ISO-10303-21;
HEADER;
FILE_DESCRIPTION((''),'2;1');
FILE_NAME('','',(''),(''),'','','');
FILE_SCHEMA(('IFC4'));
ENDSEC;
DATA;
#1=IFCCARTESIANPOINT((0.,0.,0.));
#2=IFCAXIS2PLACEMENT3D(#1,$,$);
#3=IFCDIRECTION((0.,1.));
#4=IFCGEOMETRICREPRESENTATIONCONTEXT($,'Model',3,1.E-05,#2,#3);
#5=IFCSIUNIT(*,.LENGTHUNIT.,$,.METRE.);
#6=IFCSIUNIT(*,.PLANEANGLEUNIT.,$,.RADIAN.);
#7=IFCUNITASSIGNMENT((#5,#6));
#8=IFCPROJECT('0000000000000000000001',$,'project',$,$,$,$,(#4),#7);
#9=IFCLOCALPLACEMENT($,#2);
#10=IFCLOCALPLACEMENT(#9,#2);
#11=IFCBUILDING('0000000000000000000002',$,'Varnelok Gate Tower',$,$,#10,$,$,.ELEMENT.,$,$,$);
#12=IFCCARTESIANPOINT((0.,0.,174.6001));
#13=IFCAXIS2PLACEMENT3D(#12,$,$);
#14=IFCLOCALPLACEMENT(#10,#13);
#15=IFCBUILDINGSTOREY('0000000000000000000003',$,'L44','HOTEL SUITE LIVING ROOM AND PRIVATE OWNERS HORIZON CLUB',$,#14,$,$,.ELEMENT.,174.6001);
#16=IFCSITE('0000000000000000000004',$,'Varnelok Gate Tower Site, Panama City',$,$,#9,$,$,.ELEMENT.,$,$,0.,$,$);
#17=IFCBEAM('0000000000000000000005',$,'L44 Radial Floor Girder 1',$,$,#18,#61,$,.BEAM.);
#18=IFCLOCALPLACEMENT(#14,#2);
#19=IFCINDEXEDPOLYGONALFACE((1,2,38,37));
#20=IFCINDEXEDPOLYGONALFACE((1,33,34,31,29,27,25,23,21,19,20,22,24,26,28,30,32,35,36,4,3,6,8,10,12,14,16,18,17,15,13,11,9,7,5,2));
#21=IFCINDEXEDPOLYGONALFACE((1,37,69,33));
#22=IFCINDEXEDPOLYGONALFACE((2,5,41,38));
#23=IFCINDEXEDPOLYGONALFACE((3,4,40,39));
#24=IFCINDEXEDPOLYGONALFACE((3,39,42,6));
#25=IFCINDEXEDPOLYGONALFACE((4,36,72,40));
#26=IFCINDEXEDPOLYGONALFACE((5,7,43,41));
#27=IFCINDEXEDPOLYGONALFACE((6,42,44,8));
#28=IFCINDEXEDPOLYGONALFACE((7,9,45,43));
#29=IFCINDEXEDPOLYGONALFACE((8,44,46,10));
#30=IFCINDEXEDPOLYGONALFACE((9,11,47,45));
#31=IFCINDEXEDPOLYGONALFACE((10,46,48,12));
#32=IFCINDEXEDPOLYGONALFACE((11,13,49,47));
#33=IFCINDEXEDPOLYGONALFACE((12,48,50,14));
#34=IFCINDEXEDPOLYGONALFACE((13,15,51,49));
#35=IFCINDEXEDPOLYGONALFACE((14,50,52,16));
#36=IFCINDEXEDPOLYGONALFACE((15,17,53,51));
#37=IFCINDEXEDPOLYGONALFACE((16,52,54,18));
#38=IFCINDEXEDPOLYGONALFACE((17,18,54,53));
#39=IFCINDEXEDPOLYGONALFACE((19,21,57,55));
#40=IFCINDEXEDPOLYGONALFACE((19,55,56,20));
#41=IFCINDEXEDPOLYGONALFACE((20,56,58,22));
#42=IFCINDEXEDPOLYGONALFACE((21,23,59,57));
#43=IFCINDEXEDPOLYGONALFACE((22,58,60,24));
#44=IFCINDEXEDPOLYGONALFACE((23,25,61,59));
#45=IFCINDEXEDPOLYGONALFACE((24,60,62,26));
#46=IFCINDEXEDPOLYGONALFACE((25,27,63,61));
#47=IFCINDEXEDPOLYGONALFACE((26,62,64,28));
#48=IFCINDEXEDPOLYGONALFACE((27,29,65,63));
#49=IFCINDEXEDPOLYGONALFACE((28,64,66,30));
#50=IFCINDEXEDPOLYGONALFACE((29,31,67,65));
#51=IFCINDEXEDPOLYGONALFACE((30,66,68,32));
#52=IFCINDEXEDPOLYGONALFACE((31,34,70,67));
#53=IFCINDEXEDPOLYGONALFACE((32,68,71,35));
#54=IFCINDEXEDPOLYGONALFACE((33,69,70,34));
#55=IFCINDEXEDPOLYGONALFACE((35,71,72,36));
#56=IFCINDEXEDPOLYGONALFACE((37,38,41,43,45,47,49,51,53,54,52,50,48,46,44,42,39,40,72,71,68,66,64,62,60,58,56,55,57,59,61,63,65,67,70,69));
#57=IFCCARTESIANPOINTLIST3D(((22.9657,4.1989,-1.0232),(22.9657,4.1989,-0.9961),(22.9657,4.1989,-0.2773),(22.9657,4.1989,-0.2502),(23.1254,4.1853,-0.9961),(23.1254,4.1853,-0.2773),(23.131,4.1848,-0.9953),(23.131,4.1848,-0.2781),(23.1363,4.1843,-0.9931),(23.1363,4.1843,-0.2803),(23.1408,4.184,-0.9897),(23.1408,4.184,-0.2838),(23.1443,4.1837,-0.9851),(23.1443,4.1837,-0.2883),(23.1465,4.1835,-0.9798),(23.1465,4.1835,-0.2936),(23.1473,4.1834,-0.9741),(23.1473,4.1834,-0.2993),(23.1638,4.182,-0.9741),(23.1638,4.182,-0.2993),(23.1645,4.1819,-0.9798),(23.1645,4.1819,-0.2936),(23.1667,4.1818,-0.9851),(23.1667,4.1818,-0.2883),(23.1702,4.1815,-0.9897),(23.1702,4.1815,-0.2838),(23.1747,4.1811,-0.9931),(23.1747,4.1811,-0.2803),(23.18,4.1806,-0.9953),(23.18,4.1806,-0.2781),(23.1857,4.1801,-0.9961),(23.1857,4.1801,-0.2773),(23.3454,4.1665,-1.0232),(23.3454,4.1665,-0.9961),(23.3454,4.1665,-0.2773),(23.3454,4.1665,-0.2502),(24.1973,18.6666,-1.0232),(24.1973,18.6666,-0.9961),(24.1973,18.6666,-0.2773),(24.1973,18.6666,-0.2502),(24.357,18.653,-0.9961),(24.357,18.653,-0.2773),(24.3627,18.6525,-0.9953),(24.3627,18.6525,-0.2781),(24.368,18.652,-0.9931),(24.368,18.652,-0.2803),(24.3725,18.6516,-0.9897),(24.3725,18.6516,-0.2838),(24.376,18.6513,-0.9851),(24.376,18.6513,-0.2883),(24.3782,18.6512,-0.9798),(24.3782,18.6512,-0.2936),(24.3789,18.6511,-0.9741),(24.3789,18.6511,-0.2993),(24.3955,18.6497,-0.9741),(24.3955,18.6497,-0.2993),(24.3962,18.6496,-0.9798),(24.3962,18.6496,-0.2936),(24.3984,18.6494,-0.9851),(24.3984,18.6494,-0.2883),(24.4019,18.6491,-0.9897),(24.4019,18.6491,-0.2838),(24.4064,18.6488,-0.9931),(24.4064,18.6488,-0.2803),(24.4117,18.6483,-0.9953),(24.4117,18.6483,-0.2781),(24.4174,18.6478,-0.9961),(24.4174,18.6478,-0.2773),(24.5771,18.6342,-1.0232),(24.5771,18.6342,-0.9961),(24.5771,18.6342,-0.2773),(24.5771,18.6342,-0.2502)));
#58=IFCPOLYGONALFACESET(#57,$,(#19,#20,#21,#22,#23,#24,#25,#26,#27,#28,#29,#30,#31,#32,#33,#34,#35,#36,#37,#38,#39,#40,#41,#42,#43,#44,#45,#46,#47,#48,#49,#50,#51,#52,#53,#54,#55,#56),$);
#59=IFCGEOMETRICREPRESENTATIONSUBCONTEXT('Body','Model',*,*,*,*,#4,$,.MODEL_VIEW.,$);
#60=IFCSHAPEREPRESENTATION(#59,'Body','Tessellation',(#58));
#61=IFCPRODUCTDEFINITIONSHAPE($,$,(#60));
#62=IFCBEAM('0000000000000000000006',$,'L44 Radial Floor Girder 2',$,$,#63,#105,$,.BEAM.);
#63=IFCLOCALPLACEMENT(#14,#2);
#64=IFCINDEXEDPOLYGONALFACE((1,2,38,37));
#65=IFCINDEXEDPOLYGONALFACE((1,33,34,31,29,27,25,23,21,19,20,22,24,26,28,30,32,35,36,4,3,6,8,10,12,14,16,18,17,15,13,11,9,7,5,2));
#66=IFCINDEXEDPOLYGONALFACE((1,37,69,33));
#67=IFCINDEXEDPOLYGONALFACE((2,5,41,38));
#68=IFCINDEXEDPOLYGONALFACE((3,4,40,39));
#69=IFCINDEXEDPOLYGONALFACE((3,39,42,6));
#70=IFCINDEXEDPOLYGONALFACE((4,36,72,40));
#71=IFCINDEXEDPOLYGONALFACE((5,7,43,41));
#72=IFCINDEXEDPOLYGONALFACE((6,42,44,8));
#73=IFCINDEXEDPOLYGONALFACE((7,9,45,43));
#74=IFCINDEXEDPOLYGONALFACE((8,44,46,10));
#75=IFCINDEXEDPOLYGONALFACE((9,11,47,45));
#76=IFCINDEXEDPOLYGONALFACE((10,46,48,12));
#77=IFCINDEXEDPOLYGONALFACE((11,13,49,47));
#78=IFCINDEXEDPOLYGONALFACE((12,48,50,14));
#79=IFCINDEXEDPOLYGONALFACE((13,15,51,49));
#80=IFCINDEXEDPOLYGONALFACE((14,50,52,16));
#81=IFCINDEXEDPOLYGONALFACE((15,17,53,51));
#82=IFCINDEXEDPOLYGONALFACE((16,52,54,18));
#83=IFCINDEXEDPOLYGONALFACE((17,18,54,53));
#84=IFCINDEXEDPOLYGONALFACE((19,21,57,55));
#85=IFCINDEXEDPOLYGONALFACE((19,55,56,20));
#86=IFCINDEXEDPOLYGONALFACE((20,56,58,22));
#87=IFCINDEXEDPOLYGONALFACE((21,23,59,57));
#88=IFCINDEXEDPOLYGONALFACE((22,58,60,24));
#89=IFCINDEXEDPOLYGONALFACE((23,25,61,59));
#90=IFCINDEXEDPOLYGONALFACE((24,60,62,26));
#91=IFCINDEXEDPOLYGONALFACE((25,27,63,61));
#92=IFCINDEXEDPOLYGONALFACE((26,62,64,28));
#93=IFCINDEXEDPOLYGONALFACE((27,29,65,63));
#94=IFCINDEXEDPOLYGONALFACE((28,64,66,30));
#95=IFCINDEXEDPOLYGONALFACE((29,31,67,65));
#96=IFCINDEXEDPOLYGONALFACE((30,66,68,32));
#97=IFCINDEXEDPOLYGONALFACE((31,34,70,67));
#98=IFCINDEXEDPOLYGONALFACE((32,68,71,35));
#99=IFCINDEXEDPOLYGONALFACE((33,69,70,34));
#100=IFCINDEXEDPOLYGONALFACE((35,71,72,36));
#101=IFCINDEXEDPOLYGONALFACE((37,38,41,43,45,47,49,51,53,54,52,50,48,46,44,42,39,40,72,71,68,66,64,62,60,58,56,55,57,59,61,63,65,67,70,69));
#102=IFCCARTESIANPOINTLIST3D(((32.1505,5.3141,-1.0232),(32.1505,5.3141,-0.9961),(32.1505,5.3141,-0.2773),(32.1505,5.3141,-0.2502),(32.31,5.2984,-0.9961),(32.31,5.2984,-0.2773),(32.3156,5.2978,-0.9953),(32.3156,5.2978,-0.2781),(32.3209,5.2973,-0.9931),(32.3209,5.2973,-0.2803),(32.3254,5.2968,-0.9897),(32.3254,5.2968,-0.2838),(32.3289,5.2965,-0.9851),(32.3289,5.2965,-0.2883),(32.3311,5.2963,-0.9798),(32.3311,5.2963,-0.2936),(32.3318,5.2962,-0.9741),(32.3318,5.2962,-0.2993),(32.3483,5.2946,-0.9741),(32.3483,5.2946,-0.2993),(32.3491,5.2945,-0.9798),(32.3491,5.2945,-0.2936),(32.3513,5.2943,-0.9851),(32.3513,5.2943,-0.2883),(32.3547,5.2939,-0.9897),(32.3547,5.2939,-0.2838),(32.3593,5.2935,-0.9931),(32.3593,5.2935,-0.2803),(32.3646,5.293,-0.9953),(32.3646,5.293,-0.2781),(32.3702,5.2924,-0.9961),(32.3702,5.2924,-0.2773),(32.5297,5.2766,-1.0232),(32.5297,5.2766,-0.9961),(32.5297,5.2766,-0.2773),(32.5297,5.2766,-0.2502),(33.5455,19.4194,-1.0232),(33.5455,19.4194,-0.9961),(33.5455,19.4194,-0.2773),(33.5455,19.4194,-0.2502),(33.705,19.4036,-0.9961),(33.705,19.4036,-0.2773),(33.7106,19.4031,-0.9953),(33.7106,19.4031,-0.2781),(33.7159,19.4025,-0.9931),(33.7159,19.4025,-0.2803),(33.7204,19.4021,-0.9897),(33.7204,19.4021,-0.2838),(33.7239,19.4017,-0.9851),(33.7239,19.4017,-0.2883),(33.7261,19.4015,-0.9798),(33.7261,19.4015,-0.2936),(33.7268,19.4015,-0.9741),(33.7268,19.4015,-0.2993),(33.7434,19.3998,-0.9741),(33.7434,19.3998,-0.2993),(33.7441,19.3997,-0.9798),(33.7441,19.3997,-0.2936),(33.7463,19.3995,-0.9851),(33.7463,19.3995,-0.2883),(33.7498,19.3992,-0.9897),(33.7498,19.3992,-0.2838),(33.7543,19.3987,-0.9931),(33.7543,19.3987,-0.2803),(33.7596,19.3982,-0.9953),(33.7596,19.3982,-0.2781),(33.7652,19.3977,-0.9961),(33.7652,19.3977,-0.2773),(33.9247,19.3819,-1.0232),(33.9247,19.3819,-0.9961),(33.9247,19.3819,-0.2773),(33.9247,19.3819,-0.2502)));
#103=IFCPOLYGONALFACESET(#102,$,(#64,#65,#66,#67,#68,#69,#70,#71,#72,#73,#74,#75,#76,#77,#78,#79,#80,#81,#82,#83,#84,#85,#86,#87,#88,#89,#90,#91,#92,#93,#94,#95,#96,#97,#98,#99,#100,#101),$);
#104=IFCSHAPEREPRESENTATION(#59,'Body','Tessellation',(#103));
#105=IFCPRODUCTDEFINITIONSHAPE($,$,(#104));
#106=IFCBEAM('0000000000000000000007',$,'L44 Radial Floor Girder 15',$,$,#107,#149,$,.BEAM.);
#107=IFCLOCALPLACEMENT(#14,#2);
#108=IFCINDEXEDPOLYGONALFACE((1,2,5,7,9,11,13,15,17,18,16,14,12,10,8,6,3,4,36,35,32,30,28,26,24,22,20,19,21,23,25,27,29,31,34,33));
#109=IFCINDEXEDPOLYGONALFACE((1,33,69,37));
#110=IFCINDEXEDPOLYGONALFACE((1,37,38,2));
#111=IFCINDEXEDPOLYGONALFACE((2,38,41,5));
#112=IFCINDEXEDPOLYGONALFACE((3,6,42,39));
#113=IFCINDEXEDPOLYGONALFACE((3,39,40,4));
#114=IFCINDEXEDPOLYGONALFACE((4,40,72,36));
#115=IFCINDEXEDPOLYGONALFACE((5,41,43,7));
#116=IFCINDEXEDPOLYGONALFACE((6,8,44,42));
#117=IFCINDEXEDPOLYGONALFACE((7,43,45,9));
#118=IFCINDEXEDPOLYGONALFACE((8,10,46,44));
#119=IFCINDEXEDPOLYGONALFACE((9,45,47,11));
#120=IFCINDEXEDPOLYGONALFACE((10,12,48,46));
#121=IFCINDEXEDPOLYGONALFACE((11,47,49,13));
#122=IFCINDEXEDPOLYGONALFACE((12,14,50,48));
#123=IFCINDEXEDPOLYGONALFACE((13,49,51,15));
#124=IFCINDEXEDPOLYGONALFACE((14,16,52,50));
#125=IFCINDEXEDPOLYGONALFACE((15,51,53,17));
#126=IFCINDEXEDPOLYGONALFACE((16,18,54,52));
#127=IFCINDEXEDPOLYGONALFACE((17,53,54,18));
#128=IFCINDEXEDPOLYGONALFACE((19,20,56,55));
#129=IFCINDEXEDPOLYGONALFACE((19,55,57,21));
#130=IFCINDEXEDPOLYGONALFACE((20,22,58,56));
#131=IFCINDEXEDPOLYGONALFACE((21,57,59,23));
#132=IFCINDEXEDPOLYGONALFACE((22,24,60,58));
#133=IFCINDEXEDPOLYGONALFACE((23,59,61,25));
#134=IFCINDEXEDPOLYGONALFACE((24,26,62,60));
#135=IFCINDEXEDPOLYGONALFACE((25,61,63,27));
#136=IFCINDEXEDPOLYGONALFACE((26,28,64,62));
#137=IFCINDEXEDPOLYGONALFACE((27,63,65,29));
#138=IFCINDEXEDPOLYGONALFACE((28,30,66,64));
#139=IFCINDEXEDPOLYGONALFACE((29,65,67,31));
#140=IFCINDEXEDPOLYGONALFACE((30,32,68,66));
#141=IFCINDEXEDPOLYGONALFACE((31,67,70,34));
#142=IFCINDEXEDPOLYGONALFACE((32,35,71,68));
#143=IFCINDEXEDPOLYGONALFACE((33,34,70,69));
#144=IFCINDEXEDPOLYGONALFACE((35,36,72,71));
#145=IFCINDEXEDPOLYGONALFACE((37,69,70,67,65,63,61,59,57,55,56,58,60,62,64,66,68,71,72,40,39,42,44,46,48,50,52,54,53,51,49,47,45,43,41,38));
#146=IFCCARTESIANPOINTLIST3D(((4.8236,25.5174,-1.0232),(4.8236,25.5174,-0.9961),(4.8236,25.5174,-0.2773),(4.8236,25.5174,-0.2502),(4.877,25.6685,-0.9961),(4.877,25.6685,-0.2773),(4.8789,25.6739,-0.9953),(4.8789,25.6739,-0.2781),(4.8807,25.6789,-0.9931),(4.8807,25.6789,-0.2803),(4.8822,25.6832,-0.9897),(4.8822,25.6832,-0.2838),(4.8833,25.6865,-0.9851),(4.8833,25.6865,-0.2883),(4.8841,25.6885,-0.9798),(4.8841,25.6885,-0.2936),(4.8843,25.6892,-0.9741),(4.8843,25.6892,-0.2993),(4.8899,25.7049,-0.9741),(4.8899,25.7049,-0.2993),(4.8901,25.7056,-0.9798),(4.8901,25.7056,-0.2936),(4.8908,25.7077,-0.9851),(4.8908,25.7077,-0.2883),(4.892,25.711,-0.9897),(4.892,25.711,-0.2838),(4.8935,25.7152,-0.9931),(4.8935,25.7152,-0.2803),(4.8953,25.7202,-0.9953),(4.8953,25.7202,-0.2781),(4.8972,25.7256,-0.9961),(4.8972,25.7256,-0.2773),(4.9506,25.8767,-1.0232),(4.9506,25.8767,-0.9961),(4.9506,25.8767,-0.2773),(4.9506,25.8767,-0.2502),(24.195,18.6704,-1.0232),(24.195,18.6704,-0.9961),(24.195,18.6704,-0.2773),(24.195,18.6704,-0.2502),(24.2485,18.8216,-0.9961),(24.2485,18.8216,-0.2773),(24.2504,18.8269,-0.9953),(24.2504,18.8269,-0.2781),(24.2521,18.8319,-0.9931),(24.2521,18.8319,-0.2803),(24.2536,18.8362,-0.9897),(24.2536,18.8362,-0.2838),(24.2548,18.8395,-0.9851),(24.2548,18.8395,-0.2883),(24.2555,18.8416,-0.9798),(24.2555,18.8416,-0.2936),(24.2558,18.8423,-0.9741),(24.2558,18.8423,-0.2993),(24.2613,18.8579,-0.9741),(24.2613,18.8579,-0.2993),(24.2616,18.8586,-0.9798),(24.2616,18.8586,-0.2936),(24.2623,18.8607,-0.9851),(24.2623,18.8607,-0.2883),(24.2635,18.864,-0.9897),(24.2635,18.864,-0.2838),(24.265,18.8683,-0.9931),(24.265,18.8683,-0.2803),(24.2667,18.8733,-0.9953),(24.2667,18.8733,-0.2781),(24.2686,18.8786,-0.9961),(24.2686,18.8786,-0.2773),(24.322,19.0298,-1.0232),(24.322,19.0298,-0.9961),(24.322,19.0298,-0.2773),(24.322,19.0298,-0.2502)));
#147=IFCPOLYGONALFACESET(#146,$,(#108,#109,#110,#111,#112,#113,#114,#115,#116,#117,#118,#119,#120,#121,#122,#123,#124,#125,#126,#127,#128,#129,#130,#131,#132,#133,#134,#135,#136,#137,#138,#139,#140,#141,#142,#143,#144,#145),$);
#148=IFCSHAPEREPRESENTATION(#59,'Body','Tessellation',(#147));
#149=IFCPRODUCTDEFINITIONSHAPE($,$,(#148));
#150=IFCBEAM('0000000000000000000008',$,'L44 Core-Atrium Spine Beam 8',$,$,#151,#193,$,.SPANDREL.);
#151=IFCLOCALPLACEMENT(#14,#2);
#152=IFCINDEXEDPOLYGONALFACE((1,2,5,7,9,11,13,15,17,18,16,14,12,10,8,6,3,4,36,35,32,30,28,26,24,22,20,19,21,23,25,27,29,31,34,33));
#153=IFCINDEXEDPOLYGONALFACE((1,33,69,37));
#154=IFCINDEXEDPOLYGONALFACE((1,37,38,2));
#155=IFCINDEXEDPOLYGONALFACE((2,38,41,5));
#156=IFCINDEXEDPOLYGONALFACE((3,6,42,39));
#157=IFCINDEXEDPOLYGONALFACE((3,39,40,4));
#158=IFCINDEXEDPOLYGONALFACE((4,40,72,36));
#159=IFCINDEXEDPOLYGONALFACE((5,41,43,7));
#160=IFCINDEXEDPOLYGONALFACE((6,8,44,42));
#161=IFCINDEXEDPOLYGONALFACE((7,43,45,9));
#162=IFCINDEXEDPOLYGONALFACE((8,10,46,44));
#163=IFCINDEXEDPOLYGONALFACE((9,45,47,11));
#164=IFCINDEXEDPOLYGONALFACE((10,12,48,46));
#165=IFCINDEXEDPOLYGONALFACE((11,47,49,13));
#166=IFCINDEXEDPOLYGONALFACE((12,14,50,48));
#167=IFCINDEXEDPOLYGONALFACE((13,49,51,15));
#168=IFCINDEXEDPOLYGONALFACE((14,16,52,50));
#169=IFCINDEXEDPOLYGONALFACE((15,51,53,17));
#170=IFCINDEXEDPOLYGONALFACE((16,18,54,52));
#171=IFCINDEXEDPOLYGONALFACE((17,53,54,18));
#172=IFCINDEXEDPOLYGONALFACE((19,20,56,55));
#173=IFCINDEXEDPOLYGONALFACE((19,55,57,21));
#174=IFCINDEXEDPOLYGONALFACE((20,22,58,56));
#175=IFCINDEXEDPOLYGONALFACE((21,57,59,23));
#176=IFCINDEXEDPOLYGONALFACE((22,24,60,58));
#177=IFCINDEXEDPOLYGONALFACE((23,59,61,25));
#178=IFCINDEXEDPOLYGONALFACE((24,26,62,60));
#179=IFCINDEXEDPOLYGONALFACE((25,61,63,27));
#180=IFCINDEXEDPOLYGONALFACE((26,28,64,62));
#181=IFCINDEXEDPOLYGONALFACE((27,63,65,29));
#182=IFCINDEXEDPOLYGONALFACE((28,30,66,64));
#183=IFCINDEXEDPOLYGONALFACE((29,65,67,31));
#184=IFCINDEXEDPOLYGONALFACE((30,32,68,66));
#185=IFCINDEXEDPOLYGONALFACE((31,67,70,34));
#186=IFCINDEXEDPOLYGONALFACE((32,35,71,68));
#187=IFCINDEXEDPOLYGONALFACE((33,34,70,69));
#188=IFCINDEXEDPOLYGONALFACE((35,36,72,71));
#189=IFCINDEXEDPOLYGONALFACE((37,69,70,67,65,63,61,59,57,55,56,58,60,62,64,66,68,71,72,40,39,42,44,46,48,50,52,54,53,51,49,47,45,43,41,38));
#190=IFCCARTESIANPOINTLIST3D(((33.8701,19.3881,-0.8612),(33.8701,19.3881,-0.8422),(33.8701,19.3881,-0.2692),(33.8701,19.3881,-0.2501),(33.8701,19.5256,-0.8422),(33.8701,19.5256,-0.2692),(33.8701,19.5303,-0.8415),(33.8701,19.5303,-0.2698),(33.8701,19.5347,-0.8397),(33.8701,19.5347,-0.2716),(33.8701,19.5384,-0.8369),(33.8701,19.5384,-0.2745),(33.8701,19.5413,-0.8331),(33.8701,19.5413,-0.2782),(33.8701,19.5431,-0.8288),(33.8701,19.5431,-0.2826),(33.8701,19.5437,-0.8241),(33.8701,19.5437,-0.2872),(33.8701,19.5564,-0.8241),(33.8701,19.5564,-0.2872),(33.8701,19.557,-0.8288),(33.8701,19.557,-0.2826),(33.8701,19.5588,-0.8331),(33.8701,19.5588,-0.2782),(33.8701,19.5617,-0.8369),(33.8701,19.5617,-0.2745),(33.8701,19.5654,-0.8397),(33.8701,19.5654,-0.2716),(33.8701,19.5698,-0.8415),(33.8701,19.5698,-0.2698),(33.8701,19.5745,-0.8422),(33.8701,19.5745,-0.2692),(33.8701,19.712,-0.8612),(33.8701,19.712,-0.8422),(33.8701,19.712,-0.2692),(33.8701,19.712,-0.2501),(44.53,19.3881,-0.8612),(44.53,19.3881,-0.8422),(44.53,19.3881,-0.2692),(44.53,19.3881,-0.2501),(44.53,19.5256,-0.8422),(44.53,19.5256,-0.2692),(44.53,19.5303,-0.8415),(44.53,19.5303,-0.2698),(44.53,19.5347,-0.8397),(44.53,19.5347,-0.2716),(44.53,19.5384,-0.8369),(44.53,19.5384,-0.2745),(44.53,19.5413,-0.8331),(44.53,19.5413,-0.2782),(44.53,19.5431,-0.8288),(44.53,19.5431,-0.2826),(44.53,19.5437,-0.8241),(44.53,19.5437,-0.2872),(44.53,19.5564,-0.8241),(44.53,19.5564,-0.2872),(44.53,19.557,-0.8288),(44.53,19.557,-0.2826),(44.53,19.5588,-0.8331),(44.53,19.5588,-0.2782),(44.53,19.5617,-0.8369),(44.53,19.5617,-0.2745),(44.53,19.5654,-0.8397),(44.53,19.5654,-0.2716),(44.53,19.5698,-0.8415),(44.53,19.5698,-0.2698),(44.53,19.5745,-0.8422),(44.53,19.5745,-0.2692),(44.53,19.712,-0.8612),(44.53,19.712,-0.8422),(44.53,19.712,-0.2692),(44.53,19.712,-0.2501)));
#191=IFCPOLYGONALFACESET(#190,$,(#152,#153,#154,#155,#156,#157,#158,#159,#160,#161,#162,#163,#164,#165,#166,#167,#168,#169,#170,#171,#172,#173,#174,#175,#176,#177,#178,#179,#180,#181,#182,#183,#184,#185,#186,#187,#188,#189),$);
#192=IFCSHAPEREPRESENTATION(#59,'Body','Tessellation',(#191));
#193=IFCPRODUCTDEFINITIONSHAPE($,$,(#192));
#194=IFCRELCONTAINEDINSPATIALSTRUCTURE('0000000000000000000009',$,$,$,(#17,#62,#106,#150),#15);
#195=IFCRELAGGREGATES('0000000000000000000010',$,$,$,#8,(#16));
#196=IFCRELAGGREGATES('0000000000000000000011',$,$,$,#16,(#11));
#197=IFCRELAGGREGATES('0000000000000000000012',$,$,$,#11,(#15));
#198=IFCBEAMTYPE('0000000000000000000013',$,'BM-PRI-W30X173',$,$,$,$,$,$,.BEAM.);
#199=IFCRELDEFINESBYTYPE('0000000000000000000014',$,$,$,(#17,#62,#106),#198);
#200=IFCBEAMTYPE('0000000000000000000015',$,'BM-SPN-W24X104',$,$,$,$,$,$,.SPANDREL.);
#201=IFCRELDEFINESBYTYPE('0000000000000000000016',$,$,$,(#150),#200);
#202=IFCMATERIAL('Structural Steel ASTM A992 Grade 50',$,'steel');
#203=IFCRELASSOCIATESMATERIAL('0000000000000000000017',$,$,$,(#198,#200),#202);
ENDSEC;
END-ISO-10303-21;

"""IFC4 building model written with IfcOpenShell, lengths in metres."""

from ifc_helpers import new_model, si_unit, direction, frame, origin, origin_2d, place, context, subcontext, project, spatial, i_section, extrude, material, material_profile, profile_set, type_object, element, save


model = new_model("IFC4")

# Units and contexts
model_context = context("Model", 3, precision=1e-05, world=origin(), true_north=direction((0.0, 1.0)))
body_context = subcontext(model_context, "Body", "Model", "MODEL_VIEW")
ifc_project = project(units=[si_unit("LENGTHUNIT", "METRE"), si_unit("PLANEANGLEUNIT", "RADIAN")], contexts=[model_context])

# Site, building, storey
site_placement = place(None, origin())
site = spatial("IfcSite", under=ifc_project, at=site_placement, Name="Varnelok Gate Tower Site, Panama City", CompositionType="ELEMENT", RefElevation=0.0)
building_placement = place(site_placement, origin())
building = spatial("IfcBuilding", under=site, at=building_placement, Name="Varnelok Gate Tower", CompositionType="ELEMENT")
storey_placement = place(building_placement, frame((0.0, 0.0, 174.6001)))
storey = spatial("IfcBuildingStorey", under=building, at=storey_placement, Name="L44", Description="HOTEL SUITE LIVING ROOM AND PRIVATE OWNERS HORIZON CLUB", CompositionType="ELEMENT", Elevation=174.6001)

# Shared definitions
ifc_material_1 = material(Name="Structural Steel ASTM A992 Grade 50", Category="steel")

# Beams
ifc_material_profile_1 = material_profile(ifc_material_1, i_section(OverallWidth=0.3811, OverallDepth=0.7729, WebThickness=0.0166, FlangeThickness=0.0271, FilletRadius=0.022, at=origin_2d()), Name="W30X173")
ifc_profile_set_1 = profile_set([ifc_material_profile_1], Name="Structural Steel ASTM A992 Grade 50")
beam_type_1 = type_object("IfcBeamType", Name="BM-PRI-W30X173", PredefinedType="BEAM", material=ifc_profile_set_1)
beam_1_placement = place(storey_placement, frame((24.3872, 18.6504, -0.6367), z_axis=(-0.084826, -0.996396, 0.0), x_axis=(0.996396, -0.084826, 0.0)))
element("IfcBeam", 1, at=beam_1_placement, inside=storey, type_object=beam_type_1, Name="L44 Radial Floor Girder 1", PredefinedType="BEAM", context=body_context, shape_type="SweptSolid", body=[
    extrude(i_section(OverallWidth=0.3811, OverallDepth=0.7729, WebThickness=0.0166, FlangeThickness=0.0271, FilletRadius=0.022, at=origin_2d()), origin(), (0.0, 0.0, 1.0), 14.52),
])
beam_2_placement = place(storey_placement, frame((33.7351, 19.4006, -0.6367), z_axis=(-0.098421, -0.995145, 0.0), x_axis=(0.995145, -0.098421, 0.0)))
element("IfcBeam", 2, at=beam_2_placement, inside=storey, type_object=beam_type_1, Name="L44 Radial Floor Girder 2", PredefinedType="BEAM", context=body_context, shape_type="SweptSolid", body=[
    extrude(i_section(OverallWidth=0.3811, OverallDepth=0.7729, WebThickness=0.0166, FlangeThickness=0.0271, FilletRadius=0.022, at=origin_2d()), origin(), (0.0, 0.0, 1.0), 14.1741),
])
beam_3_placement = place(storey_placement, frame((24.2585, 18.8501, -0.6367), z_axis=(-0.942838, 0.333252, 0.0), x_axis=(-0.333252, -0.942838, 0.0)))
element("IfcBeam", 3, at=beam_3_placement, inside=storey, type_object=beam_type_1, Name="L44 Radial Floor Girder 15", PredefinedType="BEAM", context=body_context, shape_type="SweptSolid", body=[
    extrude(i_section(OverallWidth=0.3811, OverallDepth=0.7729, WebThickness=0.0166, FlangeThickness=0.0271, FilletRadius=0.022, at=origin_2d()), origin(), (0.0, 0.0, 1.0), 20.5459),
])
ifc_material_profile_2 = material_profile(ifc_material_1, i_section(OverallWidth=0.324, OverallDepth=0.6111, WebThickness=0.0127, FlangeThickness=0.019, FilletRadius=0.0181, at=origin_2d()), Name="W24X104")
ifc_profile_set_2 = profile_set([ifc_material_profile_2], Name="Structural Steel ASTM A992 Grade 50")
beam_type_2 = type_object("IfcBeamType", Name="BM-SPN-W24X104", PredefinedType="SPANDREL", material=ifc_profile_set_2)
beam_4_placement = place(storey_placement, frame((33.8701, 19.55, -0.5557), z_axis=(1.0, 0.0, 0.0), x_axis=(0.0, 1.0, 0.0)))
element("IfcBeam", 4, at=beam_4_placement, inside=storey, type_object=beam_type_2, Name="L44 Core-Atrium Spine Beam 8", PredefinedType="SPANDREL", context=body_context, shape_type="SweptSolid", body=[
    extrude(i_section(OverallWidth=0.324, OverallDepth=0.6111, WebThickness=0.0127, FlangeThickness=0.019, FilletRadius=0.0181, at=origin_2d()), origin(), (0.0, 0.0, 1.0), 10.6599),
])

save(model, "model.ifc")
